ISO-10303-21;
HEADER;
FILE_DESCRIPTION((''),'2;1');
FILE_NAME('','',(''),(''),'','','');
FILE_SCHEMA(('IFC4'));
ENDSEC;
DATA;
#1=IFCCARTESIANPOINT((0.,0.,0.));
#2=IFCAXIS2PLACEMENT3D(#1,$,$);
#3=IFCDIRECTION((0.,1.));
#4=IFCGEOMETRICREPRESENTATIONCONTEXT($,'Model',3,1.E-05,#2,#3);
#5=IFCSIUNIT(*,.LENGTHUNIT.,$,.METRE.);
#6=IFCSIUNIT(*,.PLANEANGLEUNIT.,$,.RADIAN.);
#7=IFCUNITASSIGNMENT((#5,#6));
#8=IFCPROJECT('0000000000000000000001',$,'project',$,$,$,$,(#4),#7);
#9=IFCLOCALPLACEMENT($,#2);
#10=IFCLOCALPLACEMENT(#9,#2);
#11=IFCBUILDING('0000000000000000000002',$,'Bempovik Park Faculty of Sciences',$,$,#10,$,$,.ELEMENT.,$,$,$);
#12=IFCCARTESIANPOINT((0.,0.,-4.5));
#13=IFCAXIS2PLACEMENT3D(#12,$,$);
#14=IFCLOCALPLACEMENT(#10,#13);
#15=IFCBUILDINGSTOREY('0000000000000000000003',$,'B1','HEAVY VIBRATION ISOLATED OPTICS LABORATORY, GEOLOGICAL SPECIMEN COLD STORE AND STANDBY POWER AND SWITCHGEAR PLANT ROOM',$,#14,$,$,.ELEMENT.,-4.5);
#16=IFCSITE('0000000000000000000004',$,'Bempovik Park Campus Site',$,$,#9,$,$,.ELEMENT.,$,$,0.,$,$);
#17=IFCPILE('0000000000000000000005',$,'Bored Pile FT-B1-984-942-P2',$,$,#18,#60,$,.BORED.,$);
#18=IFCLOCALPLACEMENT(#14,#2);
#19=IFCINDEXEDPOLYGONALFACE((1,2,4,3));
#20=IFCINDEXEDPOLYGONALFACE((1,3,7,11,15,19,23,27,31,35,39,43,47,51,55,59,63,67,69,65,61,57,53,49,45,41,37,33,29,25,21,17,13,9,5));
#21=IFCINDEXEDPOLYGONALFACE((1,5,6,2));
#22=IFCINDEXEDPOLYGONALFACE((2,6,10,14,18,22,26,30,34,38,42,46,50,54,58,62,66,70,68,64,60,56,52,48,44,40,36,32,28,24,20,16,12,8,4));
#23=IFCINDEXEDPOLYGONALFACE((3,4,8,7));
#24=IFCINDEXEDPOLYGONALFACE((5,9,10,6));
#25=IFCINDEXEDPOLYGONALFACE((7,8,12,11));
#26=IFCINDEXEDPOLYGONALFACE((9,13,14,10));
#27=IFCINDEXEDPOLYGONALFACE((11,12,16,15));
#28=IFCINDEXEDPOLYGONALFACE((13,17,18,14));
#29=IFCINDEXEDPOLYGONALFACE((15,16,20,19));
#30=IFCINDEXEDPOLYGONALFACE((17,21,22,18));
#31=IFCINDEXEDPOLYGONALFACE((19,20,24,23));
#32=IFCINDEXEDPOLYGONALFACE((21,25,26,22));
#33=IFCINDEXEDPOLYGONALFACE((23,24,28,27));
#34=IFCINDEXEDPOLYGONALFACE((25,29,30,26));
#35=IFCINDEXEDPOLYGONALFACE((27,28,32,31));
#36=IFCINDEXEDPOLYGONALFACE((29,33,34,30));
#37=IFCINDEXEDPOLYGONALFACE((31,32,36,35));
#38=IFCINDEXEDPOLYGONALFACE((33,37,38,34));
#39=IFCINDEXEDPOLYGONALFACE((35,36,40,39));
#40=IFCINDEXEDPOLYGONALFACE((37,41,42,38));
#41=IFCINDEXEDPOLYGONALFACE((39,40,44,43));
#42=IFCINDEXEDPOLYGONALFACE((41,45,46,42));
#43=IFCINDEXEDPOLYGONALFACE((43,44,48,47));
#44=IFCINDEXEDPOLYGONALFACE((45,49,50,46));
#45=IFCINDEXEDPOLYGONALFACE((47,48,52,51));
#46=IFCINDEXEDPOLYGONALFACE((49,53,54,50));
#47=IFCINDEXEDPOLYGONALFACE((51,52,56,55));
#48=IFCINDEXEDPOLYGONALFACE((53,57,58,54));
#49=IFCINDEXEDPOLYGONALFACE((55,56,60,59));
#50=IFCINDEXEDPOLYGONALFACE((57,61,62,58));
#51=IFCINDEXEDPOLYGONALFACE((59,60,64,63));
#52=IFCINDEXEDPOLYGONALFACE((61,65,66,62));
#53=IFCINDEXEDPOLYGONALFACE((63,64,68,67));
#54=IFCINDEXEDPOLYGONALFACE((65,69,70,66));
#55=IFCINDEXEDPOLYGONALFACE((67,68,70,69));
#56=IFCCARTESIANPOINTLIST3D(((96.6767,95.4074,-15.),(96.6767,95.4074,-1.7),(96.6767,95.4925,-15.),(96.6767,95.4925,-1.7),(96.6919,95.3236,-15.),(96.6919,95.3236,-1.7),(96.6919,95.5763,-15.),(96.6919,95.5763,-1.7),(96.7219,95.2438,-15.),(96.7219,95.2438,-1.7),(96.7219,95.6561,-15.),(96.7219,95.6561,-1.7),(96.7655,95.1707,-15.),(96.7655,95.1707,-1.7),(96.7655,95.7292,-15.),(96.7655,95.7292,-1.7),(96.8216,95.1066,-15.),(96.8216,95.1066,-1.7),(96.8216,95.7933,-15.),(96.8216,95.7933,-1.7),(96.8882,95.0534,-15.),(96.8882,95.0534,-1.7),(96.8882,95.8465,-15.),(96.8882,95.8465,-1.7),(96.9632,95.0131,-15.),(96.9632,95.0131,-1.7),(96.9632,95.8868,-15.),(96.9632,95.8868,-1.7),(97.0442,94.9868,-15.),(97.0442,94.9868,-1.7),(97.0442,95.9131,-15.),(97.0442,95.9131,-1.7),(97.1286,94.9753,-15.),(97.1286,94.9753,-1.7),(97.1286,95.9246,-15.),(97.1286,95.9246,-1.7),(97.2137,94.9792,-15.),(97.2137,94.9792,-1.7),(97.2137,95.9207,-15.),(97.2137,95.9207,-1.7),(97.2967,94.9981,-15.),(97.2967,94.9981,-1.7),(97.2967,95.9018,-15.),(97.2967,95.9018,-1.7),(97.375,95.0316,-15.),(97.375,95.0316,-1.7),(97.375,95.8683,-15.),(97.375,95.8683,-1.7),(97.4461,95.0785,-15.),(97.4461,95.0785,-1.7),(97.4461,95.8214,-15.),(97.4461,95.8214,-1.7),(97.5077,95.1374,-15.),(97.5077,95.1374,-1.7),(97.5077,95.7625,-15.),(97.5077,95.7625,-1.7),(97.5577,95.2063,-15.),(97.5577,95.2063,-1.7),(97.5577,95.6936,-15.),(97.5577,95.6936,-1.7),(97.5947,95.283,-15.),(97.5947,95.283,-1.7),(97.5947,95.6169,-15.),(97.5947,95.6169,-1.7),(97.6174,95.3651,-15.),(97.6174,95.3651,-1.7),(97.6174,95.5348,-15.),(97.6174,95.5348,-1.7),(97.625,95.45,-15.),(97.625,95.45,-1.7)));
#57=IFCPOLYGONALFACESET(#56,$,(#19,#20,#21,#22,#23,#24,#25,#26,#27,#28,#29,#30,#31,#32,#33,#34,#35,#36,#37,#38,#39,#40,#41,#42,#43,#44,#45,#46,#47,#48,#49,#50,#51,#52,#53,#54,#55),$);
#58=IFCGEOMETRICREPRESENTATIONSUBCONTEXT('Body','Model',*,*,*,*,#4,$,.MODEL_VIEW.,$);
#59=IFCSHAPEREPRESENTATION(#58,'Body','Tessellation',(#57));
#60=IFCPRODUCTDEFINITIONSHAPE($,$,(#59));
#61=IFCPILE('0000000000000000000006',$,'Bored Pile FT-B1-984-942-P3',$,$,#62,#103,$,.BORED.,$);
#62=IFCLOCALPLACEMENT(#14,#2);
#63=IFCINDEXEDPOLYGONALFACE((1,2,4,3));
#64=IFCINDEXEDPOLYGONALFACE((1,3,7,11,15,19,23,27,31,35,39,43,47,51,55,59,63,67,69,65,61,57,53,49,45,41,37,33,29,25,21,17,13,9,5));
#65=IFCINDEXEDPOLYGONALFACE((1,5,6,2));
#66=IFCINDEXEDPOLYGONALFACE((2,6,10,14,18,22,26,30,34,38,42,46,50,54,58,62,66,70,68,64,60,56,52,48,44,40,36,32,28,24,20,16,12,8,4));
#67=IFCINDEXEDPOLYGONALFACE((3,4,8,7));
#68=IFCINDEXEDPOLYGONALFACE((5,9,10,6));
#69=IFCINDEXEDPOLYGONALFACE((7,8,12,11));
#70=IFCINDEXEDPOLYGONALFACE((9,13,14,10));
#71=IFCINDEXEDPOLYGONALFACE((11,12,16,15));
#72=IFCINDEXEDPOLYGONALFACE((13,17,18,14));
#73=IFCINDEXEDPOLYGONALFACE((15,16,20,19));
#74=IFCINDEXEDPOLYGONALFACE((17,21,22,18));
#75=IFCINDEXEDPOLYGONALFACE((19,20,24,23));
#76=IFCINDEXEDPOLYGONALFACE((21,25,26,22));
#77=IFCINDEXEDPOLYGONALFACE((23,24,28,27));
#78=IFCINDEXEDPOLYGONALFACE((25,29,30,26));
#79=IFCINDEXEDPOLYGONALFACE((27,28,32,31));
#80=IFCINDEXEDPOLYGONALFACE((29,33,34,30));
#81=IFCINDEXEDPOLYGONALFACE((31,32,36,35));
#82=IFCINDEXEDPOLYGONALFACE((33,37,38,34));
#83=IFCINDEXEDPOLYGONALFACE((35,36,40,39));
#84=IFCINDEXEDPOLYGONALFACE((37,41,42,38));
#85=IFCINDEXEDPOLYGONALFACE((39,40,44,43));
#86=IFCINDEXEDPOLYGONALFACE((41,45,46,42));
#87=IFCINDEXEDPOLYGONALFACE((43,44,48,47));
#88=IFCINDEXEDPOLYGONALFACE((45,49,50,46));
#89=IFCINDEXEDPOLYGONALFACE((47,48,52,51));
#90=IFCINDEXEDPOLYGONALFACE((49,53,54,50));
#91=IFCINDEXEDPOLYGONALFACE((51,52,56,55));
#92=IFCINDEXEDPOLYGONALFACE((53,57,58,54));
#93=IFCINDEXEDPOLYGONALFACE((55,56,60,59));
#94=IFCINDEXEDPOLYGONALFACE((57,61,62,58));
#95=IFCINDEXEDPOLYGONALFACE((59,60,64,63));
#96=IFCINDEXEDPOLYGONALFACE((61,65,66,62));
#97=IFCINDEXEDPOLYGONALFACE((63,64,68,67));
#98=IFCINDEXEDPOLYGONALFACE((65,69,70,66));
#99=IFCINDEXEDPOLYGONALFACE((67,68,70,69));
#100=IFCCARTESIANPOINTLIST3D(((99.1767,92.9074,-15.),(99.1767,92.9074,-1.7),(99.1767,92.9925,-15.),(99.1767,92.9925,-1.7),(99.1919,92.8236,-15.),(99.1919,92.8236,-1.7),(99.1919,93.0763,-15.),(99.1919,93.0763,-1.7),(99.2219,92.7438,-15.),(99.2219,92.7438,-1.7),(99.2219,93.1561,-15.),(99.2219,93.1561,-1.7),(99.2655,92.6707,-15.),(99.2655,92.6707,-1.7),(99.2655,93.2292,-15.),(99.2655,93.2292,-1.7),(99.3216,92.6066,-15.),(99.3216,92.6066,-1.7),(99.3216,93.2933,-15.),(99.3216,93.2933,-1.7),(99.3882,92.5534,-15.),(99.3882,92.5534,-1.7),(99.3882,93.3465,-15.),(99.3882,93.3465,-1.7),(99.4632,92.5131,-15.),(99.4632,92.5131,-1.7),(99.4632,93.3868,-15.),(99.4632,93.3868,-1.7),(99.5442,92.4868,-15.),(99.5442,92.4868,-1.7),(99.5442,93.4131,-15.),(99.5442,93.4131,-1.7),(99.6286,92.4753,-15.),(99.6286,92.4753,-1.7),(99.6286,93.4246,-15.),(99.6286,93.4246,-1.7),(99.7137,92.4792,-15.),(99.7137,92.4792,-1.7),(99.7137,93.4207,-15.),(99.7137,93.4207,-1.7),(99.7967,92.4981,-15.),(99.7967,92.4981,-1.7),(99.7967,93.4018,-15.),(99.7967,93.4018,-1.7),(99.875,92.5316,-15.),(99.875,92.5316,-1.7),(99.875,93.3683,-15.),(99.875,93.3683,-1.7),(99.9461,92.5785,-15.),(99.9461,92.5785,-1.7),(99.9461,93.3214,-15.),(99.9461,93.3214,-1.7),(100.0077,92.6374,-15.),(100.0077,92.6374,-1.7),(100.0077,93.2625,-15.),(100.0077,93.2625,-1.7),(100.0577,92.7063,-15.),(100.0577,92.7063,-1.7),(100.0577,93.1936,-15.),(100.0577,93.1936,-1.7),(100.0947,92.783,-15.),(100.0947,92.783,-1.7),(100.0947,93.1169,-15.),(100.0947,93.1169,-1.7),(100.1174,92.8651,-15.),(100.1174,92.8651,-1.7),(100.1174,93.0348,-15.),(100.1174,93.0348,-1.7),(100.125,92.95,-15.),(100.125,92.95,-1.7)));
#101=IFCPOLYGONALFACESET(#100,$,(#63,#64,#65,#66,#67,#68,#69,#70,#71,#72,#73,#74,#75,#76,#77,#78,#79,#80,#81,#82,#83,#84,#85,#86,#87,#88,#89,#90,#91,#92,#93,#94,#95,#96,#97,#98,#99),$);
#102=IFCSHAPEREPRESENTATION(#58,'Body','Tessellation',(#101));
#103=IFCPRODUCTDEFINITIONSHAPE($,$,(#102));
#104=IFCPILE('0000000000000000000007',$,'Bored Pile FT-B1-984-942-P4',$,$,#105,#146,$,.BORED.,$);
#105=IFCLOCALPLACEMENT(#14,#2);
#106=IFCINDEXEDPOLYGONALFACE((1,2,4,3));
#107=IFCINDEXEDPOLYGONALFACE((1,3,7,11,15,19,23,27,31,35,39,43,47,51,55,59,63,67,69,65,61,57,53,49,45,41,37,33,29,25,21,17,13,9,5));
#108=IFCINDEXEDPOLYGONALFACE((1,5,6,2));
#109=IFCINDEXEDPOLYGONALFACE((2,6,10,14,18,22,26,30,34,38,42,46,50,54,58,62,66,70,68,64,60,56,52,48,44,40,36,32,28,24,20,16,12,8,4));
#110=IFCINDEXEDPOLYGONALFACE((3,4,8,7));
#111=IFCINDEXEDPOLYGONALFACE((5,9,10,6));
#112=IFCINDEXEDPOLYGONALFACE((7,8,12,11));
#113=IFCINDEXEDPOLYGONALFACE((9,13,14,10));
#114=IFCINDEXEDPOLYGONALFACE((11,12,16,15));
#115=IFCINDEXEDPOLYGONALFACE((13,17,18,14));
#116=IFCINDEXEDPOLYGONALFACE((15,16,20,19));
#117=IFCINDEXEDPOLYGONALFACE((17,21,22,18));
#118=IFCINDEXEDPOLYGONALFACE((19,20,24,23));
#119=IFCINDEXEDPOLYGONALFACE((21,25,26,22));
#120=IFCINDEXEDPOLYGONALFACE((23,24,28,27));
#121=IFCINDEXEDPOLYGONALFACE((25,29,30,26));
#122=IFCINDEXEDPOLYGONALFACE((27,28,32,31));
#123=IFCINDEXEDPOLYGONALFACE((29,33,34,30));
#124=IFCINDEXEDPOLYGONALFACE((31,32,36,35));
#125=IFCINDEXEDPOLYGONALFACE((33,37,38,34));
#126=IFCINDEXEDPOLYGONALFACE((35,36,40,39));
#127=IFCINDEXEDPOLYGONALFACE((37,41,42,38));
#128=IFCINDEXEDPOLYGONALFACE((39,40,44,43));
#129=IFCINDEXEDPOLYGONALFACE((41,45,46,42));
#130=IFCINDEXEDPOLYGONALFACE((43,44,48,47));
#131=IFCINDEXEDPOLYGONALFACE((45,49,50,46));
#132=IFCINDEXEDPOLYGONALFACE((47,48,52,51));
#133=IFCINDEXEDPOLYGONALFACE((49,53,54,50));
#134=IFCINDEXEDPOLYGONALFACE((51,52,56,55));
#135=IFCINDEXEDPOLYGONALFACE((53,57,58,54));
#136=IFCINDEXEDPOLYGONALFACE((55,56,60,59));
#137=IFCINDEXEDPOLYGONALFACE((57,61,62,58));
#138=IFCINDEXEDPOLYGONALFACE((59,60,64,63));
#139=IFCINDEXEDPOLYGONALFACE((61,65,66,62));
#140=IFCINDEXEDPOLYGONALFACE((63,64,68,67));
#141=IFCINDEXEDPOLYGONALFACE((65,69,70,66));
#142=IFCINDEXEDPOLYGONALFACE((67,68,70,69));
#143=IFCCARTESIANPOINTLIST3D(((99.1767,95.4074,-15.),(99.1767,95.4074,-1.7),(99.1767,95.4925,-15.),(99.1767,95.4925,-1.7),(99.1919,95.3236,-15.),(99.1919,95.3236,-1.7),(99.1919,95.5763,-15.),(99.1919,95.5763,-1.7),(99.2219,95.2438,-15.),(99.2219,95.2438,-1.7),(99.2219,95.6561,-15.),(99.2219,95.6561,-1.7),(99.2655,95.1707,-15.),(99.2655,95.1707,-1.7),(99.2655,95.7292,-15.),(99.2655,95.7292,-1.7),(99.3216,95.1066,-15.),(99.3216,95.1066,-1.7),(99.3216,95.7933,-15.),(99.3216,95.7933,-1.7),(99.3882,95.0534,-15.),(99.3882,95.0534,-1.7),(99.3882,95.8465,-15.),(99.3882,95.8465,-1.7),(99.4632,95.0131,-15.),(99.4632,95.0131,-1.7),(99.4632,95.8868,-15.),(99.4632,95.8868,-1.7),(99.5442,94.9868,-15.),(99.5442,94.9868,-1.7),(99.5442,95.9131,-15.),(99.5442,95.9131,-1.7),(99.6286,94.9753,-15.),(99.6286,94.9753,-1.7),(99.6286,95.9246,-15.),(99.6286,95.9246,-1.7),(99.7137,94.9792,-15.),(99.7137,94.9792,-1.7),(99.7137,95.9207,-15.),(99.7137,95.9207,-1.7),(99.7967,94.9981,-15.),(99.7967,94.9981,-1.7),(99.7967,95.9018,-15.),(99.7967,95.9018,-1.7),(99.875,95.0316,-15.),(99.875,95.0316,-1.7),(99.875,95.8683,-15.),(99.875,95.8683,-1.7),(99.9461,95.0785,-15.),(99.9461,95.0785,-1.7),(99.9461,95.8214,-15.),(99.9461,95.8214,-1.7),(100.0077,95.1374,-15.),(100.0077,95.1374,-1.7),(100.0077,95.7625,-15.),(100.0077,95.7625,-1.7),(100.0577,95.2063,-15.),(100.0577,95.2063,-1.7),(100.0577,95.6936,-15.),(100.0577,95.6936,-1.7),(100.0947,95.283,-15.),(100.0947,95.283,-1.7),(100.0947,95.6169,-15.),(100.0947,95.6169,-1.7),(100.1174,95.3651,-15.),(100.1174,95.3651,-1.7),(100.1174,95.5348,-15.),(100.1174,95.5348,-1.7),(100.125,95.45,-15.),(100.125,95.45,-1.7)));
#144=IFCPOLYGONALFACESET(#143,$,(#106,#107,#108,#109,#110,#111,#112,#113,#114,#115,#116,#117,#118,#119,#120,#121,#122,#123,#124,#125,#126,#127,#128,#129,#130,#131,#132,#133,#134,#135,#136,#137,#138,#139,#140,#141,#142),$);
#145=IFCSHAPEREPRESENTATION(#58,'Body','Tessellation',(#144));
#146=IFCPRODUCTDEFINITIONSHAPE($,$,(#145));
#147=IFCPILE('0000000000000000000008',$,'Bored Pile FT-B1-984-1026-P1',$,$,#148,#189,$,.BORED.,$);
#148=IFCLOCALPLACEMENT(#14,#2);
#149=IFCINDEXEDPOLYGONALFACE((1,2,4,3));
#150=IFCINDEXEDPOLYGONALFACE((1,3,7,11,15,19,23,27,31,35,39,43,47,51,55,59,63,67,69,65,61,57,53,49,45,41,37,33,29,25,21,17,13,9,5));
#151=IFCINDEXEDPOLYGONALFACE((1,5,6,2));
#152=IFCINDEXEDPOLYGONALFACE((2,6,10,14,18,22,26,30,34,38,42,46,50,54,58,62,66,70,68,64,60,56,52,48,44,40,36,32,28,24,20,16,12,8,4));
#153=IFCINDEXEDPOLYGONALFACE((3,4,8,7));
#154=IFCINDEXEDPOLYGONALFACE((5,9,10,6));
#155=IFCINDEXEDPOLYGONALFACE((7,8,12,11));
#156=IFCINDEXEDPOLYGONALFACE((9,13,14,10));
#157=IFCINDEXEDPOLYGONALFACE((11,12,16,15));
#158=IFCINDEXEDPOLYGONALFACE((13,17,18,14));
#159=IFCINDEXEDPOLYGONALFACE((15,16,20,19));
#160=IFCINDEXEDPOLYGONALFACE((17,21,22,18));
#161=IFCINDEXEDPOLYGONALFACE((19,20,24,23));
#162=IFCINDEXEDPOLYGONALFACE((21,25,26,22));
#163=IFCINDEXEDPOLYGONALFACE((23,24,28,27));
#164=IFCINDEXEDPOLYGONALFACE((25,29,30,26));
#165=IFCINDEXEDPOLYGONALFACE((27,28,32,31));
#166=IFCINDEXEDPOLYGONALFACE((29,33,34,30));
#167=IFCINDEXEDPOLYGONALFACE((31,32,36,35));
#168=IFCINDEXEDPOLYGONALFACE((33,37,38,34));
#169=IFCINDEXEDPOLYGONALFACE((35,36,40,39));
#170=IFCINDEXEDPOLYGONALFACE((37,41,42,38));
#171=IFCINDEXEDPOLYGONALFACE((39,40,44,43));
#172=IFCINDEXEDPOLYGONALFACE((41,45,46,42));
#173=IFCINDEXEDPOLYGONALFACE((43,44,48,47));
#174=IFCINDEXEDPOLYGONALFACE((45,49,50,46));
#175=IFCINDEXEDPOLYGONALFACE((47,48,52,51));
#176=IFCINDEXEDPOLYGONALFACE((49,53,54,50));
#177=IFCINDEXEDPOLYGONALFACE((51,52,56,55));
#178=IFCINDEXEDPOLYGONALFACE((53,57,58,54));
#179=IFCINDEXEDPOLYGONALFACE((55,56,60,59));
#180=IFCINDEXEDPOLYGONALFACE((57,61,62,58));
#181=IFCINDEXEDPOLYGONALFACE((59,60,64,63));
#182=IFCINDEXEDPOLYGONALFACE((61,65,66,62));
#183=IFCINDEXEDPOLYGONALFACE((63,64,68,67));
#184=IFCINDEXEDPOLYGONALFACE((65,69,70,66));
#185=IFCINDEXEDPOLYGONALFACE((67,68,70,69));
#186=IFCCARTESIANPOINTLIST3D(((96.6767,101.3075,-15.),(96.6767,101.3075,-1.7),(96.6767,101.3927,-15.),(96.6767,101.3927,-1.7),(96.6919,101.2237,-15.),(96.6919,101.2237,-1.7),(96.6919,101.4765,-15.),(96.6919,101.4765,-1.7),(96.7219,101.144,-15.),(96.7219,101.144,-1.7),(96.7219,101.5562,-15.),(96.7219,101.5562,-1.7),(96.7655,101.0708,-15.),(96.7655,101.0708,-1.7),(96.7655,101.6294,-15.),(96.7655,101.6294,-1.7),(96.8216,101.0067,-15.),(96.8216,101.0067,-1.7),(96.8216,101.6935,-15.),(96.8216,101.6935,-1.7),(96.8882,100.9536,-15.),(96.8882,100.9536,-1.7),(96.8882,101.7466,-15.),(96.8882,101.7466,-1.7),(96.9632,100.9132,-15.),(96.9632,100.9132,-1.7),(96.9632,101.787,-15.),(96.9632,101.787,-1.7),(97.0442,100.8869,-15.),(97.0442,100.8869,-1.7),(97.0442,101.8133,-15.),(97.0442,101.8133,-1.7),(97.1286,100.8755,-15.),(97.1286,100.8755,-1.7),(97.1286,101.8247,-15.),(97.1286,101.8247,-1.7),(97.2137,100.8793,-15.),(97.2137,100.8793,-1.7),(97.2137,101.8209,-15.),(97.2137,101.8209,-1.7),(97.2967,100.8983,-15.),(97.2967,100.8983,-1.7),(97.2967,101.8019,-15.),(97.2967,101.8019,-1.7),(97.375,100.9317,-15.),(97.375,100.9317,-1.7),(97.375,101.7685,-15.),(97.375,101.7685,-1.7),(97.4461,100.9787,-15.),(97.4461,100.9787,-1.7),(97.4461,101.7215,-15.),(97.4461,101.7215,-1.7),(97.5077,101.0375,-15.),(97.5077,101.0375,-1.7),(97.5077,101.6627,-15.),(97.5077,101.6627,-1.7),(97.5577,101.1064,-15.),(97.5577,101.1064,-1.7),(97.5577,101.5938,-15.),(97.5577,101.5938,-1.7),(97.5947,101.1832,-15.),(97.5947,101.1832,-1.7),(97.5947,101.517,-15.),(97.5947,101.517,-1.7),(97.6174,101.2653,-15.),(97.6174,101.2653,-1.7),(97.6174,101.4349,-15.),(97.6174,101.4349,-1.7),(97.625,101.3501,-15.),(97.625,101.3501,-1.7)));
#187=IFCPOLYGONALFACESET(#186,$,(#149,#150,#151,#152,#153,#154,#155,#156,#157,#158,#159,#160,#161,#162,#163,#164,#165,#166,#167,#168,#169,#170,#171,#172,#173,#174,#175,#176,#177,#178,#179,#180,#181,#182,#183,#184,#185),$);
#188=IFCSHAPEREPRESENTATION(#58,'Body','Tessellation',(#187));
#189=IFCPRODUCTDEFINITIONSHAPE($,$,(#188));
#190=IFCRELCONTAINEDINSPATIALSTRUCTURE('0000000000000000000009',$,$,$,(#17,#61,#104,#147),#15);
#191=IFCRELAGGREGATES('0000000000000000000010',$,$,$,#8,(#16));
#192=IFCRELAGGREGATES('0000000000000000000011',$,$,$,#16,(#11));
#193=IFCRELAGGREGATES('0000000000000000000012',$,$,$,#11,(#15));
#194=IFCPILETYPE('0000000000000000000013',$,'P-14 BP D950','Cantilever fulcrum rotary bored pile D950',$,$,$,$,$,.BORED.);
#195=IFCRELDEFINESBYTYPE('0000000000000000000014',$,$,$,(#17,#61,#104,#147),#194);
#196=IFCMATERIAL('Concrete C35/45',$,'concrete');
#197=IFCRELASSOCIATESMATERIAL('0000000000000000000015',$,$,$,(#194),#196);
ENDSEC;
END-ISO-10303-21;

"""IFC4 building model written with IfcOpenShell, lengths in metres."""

from ifc_helpers import new_model, si_unit, direction, frame, origin, origin_2d, place, context, subcontext, project, spatial, circle, extrude, material, material_profile, profile_set, type_object, element, save


model = new_model("IFC4")

# Units and contexts
model_context = context("Model", 3, precision=1e-05, world=origin(), true_north=direction((0.0, 1.0)))
body_context = subcontext(model_context, "Body", "Model", "MODEL_VIEW")
ifc_project = project(units=[si_unit("LENGTHUNIT", "METRE"), si_unit("PLANEANGLEUNIT", "RADIAN")], contexts=[model_context])

# Site, building, storey
site_placement = place(None, origin())
site = spatial("IfcSite", under=ifc_project, at=site_placement, Name="Bempovik Park Campus Site", CompositionType="ELEMENT", RefElevation=0.0)
building_placement = place(site_placement, origin())
building = spatial("IfcBuilding", under=site, at=building_placement, Name="Bempovik Park Faculty of Sciences", CompositionType="ELEMENT")
storey_placement = place(building_placement, frame((0.0, 0.0, -4.5)))
storey = spatial("IfcBuildingStorey", under=building, at=storey_placement, Name="B1", Description="HEAVY VIBRATION ISOLATED OPTICS LABORATORY, GEOLOGICAL SPECIMEN COLD STORE AND STANDBY POWER AND SWITCHGEAR PLANT ROOM", CompositionType="ELEMENT", Elevation=-4.5)

# Shared definitions
ifc_material_1 = material(Name="Concrete C35/45", Category="concrete")

# Piles
ifc_material_profile_1 = material_profile(ifc_material_1, circle(Radius=0.4751, at=origin_2d()), Name="BP D950")
ifc_profile_set_1 = profile_set([ifc_material_profile_1], Name="Concrete C35/45")
pile_type = type_object("IfcPileType", Name="P-14 BP D950", Description="Cantilever fulcrum rotary bored pile D950", PredefinedType="BORED", material=ifc_profile_set_1)
for number, where, z_axis, x_axis, name in (
    (1, (97.1499, 95.45, -1.7), (0.0, 0.0, -1.0), (1.0, 0.0, 0.0), "Bored Pile FT-B1-984-942-P2"),
    (2, (99.6499, 92.95, -1.7), (0.0, 0.0, -1.0), (1.0, 0.0, 0.0), "Bored Pile FT-B1-984-942-P3"),
    (3, (99.6499, 95.45, -1.7), (0.0, 0.0, -1.0), (1.0, 0.0, 0.0), "Bored Pile FT-B1-984-942-P4"),
    (4, (97.1499, 101.3501, -1.7), (0.0, 0.0, -1.0), (1.0, 0.0, 0.0), "Bored Pile FT-B1-984-1026-P1"),
):
    element("IfcPile", number, at=place(storey_placement, frame(where, z_axis=z_axis, x_axis=x_axis)), inside=storey, type_object=pile_type, Name=name, PredefinedType="BORED", context=body_context, shape_type="SweptSolid", body=[
        extrude(circle(Radius=0.4751, at=origin_2d()), origin(), (0.0, 0.0, 1.0), 13.3),
    ])

save(model, "model.ifc")
